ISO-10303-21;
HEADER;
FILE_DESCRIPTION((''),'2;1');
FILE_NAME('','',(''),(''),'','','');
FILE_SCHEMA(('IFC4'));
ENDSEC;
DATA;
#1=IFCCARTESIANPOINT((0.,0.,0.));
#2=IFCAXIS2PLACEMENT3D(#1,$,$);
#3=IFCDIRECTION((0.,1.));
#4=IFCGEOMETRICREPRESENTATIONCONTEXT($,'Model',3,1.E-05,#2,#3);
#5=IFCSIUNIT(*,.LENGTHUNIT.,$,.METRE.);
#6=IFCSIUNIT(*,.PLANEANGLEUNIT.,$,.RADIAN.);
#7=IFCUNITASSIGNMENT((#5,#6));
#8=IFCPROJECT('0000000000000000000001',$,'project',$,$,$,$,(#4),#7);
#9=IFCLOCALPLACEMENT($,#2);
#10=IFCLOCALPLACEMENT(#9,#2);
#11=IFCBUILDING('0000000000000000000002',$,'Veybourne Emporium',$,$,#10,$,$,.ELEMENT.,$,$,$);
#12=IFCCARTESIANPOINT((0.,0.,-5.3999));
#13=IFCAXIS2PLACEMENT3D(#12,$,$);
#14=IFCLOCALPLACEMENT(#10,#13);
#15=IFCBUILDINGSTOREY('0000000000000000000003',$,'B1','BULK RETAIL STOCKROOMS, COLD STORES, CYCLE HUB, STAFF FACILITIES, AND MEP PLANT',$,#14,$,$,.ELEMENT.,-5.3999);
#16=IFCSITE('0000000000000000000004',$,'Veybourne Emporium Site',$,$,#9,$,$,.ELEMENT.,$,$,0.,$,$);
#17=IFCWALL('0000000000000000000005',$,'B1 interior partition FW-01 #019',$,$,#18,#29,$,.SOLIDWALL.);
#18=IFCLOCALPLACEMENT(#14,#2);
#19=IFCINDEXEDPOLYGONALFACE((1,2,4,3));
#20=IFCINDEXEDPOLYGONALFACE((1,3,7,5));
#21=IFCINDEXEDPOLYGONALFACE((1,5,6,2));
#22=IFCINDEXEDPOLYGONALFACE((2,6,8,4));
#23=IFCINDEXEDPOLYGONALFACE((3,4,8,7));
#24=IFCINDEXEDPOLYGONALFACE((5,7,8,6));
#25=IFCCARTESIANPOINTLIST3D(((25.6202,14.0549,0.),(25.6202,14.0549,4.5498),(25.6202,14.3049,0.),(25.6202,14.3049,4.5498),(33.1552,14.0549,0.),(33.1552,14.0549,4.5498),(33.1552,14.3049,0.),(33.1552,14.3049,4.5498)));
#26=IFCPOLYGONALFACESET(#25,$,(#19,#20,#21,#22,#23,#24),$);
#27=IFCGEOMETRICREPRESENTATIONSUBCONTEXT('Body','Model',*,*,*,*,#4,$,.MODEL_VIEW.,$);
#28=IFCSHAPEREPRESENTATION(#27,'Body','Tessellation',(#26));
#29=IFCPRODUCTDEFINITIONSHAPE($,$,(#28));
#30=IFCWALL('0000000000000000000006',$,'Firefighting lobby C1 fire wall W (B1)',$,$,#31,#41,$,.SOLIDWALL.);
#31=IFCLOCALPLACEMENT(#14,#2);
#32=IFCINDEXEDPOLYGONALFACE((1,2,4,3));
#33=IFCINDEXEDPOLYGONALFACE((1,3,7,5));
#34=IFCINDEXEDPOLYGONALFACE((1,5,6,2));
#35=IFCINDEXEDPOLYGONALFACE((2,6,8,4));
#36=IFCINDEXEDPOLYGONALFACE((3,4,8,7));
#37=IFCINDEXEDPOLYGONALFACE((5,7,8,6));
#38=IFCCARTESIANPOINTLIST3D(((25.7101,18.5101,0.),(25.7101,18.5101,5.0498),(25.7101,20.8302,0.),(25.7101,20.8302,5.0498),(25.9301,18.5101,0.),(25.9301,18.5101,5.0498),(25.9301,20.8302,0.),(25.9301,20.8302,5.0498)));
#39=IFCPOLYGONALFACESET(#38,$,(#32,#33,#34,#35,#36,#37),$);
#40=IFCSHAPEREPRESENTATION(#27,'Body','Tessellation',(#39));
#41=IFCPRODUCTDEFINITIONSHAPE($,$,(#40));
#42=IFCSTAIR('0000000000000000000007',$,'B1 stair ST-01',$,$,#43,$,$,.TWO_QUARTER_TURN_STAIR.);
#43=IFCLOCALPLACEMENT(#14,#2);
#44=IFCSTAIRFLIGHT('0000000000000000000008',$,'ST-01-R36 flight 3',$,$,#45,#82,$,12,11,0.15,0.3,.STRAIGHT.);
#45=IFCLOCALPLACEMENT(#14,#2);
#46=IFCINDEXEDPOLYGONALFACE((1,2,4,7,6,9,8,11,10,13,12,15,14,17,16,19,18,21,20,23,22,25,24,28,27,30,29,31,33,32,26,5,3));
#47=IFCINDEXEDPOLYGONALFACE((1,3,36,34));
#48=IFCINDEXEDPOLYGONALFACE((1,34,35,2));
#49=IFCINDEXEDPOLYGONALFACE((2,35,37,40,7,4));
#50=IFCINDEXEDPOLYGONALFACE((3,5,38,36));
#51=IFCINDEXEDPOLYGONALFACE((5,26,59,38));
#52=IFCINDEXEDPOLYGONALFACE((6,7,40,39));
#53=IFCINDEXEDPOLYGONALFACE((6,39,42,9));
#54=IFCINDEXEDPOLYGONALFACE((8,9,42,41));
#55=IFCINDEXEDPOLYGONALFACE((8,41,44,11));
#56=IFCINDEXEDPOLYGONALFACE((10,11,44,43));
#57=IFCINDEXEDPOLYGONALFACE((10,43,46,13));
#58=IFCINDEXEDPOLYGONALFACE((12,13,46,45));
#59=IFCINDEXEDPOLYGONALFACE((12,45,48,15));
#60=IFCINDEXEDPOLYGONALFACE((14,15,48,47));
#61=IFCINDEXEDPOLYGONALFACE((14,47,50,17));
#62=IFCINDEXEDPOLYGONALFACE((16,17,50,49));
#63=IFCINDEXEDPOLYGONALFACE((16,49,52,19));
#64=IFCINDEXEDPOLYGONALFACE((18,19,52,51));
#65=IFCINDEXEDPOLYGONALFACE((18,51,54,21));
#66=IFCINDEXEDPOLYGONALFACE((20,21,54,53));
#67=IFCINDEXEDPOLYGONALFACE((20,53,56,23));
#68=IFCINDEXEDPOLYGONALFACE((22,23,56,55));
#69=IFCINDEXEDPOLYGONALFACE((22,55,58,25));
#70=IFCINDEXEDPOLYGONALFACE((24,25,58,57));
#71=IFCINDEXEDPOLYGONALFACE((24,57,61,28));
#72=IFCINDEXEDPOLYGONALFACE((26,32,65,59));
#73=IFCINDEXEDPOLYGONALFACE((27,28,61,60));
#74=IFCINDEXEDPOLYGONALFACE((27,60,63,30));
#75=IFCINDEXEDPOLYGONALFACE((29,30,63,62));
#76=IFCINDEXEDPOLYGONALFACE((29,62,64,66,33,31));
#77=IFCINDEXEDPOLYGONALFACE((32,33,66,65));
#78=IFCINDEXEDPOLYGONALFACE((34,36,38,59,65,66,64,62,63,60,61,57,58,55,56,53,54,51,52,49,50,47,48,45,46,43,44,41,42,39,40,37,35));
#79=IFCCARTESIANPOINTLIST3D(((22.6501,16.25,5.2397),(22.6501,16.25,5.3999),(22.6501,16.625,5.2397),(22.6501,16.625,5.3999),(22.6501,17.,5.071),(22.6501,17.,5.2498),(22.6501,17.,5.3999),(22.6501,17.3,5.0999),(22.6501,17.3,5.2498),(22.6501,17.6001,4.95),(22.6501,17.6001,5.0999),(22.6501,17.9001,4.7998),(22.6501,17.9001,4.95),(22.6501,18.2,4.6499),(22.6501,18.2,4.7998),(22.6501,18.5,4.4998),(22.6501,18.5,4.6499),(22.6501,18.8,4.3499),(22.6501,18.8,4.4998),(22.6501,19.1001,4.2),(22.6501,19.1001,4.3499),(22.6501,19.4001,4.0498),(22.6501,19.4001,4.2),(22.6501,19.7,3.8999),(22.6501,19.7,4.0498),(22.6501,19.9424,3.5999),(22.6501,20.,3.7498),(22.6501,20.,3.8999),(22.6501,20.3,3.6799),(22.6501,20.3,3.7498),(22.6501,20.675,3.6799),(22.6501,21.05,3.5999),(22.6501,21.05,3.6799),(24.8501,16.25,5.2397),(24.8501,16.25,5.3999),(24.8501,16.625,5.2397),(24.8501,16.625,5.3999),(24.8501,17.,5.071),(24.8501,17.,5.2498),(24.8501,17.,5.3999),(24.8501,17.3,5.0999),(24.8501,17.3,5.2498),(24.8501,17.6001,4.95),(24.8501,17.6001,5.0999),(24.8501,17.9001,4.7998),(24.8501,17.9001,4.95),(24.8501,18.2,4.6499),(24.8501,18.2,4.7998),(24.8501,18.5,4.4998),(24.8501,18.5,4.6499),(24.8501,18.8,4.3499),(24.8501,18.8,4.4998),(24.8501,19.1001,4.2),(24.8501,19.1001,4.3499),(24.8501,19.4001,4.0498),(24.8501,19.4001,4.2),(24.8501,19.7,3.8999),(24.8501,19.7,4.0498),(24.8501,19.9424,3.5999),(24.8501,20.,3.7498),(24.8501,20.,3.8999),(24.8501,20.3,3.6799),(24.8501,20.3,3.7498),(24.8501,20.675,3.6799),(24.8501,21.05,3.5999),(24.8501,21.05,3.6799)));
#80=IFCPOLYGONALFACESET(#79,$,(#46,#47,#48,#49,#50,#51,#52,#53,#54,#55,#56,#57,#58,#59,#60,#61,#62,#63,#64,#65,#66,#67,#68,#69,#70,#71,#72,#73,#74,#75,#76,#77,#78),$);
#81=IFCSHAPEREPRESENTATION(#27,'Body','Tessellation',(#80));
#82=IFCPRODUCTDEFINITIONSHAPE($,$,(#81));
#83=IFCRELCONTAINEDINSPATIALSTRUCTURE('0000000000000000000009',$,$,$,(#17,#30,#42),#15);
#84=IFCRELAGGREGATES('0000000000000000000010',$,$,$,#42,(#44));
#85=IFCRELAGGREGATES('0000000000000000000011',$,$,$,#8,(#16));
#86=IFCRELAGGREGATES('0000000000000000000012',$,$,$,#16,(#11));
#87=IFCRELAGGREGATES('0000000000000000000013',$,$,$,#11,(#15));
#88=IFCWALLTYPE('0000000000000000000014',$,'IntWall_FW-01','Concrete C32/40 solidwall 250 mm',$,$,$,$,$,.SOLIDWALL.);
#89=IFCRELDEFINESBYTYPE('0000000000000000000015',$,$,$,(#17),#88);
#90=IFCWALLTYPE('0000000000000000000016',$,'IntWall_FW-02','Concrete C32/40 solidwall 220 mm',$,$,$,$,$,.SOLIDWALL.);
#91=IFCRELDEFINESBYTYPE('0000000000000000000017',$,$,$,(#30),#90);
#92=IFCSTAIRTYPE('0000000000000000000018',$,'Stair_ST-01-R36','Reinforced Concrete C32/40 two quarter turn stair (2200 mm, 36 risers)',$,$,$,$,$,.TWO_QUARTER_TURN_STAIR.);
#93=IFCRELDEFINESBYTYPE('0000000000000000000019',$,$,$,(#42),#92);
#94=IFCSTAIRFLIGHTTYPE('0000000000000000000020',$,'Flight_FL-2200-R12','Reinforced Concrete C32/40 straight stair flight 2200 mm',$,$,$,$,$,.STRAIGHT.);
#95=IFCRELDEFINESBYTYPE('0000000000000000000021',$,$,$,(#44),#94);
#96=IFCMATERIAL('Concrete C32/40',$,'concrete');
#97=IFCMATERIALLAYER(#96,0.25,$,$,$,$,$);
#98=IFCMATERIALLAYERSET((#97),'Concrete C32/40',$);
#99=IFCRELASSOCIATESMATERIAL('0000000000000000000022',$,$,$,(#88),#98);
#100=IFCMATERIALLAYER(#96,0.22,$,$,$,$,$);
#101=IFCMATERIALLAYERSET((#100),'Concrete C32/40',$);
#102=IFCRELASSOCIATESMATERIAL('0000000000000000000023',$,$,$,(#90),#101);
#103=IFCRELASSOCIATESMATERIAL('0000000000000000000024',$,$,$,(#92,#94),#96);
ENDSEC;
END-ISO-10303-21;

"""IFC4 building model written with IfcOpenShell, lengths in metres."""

from ifc_helpers import new_model, si_unit, direction, frame, frame_2d, origin, place, context, subcontext, project, spatial, polyline, rectangle, outline, extrude, material, layer, layer_set, type_object, element, aggregate, save


model = new_model("IFC4")

# Units and contexts
model_context = context("Model", 3, precision=1e-05, world=origin(), true_north=direction((0.0, 1.0)))
body_context = subcontext(model_context, "Body", "Model", "MODEL_VIEW")
ifc_project = project(units=[si_unit("LENGTHUNIT", "METRE"), si_unit("PLANEANGLEUNIT", "RADIAN")], contexts=[model_context])

# Site, building, storey
site_placement = place(None, origin())
site = spatial("IfcSite", under=ifc_project, at=site_placement, Name="Veybourne Emporium Site", CompositionType="ELEMENT", RefElevation=0.0)
building_placement = place(site_placement, origin())
building = spatial("IfcBuilding", under=site, at=building_placement, Name="Veybourne Emporium", CompositionType="ELEMENT")
storey_placement = place(building_placement, frame((0.0, 0.0, -5.3999)))
storey = spatial("IfcBuildingStorey", under=building, at=storey_placement, Name="B1", Description="BULK RETAIL STOCKROOMS, COLD STORES, CYCLE HUB, STAFF FACILITIES, AND MEP PLANT", CompositionType="ELEMENT", Elevation=-5.3999)

# Shared definitions
ifc_material_1 = material(Name="Concrete C32/40", Category="concrete")

# Wall
ifc_layer_1 = layer(ifc_material_1, 0.25)
ifc_layer_set_1 = layer_set([ifc_layer_1], Name="Concrete C32/40")
wall_type_1 = type_object("IfcWallType", Name="IntWall_FW-01", Description="Concrete C32/40 solidwall 250 mm", PredefinedType="SOLIDWALL", material=ifc_layer_set_1)
wall_1_placement = place(storey_placement, frame((25.6201, 14.1799, 0.0), z_axis=(0.0, 0.0, 1.0), x_axis=(1.0, 0.0, 0.0)))
element("IfcWall", 1, at=wall_1_placement, inside=storey, type_object=wall_type_1, Name="B1 interior partition FW-01 #019", PredefinedType="SOLIDWALL", context=body_context, shape_type="SweptSolid", body=[
    extrude(rectangle(XDim=7.5349, YDim=0.25, at=frame_2d((3.7676, 0.0))), origin(), (0.0, 0.0, 1.0), 4.5498),
])

# Shared definitions
ifc_layer_2 = layer(ifc_material_1, 0.22)
ifc_layer_set_2 = layer_set([ifc_layer_2], Name="Concrete C32/40")
wall_type_2 = type_object("IfcWallType", Name="IntWall_FW-02", Description="Concrete C32/40 solidwall 220 mm", PredefinedType="SOLIDWALL", material=ifc_layer_set_2)

# Wall
wall_2_placement = place(storey_placement, frame((25.8201, 18.51, 0.0), z_axis=(0.0, 0.0, 1.0), x_axis=(0.0, 1.0, 0.0)))
element("IfcWall", 2, at=wall_2_placement, inside=storey, type_object=wall_type_2, Name="Firefighting lobby C1 fire wall W (B1)", PredefinedType="SOLIDWALL", context=body_context, shape_type="SweptSolid", body=[
    extrude(rectangle(XDim=2.3201, YDim=0.22, at=frame_2d((1.1602, 0.0))), origin(), (0.0, 0.0, 1.0), 5.0498),
])

# Stair, stair flight
stair_type = type_object("IfcStairType", Name="Stair_ST-01-R36", Description="Reinforced Concrete C32/40 two quarter turn stair (2200 mm, 36 risers)", PredefinedType="TWO_QUARTER_TURN_STAIR", material=ifc_material_1)
stair_placement = place(storey_placement, origin())
stair = element("IfcStair", 3, at=stair_placement, inside=storey, type_object=stair_type, Name="B1 stair ST-01", PredefinedType="TWO_QUARTER_TURN_STAIR")
stair_flight_type = type_object("IfcStairFlightType", Name="Flight_FL-2200-R12", Description="Reinforced Concrete C32/40 straight stair flight 2200 mm", PredefinedType="STRAIGHT", material=ifc_material_1)
stair_flight_placement = place(storey_placement, frame((23.75, 20.3, 3.5999), z_axis=(0.0, 0.0, 1.0), x_axis=(0.0, -1.0, 0.0)))
stair_flight = element("IfcStairFlight", 4, at=stair_flight_placement, type_object=stair_flight_type, Name="ST-01-R36 flight 3", NumberOfRisers=12, NumberOfTreads=11, PredefinedType="STRAIGHT", RiserHeight=0.15, TreadLength=0.3, context=body_context, shape_type="SweptSolid", body=[
    extrude(outline(polyline([(-0.75, 0.0), (-0.75, 0.0801), (-0.375, 0.0801), (0.0, 0.0801), (0.0, 0.1499), (0.3, 0.1499), (0.3, 0.3), (0.6001, 0.3), (0.6001, 0.45), (0.8999, 0.45), (0.8999, 0.6001), (1.2, 0.6001), (1.2, 0.75), (1.5, 0.75), (1.5, 0.8999), (1.8, 0.8999), (1.8, 1.05), (2.1001, 1.05), (2.1001, 1.2), (2.3999, 1.2), (2.3999, 1.3501), (2.7, 1.3501), (2.7, 1.5), (3.0, 1.5), (3.0, 1.6499), (3.3, 1.6499), (3.3, 1.8), (3.675, 1.8), (4.05, 1.8), (4.05, 1.6399), (3.675, 1.6399), (3.3, 1.4712), (0.3577, 0.0), (-0.75, 0.0)])), frame((0.0, 1.1001, 0.0), z_axis=(0.0, -1.0, 0.0), x_axis=(1.0, 0.0, 0.0)), (0.0, 0.0, 1.0), 2.2),
])
aggregate(stair, [stair_flight])

save(model, "model.ifc")
